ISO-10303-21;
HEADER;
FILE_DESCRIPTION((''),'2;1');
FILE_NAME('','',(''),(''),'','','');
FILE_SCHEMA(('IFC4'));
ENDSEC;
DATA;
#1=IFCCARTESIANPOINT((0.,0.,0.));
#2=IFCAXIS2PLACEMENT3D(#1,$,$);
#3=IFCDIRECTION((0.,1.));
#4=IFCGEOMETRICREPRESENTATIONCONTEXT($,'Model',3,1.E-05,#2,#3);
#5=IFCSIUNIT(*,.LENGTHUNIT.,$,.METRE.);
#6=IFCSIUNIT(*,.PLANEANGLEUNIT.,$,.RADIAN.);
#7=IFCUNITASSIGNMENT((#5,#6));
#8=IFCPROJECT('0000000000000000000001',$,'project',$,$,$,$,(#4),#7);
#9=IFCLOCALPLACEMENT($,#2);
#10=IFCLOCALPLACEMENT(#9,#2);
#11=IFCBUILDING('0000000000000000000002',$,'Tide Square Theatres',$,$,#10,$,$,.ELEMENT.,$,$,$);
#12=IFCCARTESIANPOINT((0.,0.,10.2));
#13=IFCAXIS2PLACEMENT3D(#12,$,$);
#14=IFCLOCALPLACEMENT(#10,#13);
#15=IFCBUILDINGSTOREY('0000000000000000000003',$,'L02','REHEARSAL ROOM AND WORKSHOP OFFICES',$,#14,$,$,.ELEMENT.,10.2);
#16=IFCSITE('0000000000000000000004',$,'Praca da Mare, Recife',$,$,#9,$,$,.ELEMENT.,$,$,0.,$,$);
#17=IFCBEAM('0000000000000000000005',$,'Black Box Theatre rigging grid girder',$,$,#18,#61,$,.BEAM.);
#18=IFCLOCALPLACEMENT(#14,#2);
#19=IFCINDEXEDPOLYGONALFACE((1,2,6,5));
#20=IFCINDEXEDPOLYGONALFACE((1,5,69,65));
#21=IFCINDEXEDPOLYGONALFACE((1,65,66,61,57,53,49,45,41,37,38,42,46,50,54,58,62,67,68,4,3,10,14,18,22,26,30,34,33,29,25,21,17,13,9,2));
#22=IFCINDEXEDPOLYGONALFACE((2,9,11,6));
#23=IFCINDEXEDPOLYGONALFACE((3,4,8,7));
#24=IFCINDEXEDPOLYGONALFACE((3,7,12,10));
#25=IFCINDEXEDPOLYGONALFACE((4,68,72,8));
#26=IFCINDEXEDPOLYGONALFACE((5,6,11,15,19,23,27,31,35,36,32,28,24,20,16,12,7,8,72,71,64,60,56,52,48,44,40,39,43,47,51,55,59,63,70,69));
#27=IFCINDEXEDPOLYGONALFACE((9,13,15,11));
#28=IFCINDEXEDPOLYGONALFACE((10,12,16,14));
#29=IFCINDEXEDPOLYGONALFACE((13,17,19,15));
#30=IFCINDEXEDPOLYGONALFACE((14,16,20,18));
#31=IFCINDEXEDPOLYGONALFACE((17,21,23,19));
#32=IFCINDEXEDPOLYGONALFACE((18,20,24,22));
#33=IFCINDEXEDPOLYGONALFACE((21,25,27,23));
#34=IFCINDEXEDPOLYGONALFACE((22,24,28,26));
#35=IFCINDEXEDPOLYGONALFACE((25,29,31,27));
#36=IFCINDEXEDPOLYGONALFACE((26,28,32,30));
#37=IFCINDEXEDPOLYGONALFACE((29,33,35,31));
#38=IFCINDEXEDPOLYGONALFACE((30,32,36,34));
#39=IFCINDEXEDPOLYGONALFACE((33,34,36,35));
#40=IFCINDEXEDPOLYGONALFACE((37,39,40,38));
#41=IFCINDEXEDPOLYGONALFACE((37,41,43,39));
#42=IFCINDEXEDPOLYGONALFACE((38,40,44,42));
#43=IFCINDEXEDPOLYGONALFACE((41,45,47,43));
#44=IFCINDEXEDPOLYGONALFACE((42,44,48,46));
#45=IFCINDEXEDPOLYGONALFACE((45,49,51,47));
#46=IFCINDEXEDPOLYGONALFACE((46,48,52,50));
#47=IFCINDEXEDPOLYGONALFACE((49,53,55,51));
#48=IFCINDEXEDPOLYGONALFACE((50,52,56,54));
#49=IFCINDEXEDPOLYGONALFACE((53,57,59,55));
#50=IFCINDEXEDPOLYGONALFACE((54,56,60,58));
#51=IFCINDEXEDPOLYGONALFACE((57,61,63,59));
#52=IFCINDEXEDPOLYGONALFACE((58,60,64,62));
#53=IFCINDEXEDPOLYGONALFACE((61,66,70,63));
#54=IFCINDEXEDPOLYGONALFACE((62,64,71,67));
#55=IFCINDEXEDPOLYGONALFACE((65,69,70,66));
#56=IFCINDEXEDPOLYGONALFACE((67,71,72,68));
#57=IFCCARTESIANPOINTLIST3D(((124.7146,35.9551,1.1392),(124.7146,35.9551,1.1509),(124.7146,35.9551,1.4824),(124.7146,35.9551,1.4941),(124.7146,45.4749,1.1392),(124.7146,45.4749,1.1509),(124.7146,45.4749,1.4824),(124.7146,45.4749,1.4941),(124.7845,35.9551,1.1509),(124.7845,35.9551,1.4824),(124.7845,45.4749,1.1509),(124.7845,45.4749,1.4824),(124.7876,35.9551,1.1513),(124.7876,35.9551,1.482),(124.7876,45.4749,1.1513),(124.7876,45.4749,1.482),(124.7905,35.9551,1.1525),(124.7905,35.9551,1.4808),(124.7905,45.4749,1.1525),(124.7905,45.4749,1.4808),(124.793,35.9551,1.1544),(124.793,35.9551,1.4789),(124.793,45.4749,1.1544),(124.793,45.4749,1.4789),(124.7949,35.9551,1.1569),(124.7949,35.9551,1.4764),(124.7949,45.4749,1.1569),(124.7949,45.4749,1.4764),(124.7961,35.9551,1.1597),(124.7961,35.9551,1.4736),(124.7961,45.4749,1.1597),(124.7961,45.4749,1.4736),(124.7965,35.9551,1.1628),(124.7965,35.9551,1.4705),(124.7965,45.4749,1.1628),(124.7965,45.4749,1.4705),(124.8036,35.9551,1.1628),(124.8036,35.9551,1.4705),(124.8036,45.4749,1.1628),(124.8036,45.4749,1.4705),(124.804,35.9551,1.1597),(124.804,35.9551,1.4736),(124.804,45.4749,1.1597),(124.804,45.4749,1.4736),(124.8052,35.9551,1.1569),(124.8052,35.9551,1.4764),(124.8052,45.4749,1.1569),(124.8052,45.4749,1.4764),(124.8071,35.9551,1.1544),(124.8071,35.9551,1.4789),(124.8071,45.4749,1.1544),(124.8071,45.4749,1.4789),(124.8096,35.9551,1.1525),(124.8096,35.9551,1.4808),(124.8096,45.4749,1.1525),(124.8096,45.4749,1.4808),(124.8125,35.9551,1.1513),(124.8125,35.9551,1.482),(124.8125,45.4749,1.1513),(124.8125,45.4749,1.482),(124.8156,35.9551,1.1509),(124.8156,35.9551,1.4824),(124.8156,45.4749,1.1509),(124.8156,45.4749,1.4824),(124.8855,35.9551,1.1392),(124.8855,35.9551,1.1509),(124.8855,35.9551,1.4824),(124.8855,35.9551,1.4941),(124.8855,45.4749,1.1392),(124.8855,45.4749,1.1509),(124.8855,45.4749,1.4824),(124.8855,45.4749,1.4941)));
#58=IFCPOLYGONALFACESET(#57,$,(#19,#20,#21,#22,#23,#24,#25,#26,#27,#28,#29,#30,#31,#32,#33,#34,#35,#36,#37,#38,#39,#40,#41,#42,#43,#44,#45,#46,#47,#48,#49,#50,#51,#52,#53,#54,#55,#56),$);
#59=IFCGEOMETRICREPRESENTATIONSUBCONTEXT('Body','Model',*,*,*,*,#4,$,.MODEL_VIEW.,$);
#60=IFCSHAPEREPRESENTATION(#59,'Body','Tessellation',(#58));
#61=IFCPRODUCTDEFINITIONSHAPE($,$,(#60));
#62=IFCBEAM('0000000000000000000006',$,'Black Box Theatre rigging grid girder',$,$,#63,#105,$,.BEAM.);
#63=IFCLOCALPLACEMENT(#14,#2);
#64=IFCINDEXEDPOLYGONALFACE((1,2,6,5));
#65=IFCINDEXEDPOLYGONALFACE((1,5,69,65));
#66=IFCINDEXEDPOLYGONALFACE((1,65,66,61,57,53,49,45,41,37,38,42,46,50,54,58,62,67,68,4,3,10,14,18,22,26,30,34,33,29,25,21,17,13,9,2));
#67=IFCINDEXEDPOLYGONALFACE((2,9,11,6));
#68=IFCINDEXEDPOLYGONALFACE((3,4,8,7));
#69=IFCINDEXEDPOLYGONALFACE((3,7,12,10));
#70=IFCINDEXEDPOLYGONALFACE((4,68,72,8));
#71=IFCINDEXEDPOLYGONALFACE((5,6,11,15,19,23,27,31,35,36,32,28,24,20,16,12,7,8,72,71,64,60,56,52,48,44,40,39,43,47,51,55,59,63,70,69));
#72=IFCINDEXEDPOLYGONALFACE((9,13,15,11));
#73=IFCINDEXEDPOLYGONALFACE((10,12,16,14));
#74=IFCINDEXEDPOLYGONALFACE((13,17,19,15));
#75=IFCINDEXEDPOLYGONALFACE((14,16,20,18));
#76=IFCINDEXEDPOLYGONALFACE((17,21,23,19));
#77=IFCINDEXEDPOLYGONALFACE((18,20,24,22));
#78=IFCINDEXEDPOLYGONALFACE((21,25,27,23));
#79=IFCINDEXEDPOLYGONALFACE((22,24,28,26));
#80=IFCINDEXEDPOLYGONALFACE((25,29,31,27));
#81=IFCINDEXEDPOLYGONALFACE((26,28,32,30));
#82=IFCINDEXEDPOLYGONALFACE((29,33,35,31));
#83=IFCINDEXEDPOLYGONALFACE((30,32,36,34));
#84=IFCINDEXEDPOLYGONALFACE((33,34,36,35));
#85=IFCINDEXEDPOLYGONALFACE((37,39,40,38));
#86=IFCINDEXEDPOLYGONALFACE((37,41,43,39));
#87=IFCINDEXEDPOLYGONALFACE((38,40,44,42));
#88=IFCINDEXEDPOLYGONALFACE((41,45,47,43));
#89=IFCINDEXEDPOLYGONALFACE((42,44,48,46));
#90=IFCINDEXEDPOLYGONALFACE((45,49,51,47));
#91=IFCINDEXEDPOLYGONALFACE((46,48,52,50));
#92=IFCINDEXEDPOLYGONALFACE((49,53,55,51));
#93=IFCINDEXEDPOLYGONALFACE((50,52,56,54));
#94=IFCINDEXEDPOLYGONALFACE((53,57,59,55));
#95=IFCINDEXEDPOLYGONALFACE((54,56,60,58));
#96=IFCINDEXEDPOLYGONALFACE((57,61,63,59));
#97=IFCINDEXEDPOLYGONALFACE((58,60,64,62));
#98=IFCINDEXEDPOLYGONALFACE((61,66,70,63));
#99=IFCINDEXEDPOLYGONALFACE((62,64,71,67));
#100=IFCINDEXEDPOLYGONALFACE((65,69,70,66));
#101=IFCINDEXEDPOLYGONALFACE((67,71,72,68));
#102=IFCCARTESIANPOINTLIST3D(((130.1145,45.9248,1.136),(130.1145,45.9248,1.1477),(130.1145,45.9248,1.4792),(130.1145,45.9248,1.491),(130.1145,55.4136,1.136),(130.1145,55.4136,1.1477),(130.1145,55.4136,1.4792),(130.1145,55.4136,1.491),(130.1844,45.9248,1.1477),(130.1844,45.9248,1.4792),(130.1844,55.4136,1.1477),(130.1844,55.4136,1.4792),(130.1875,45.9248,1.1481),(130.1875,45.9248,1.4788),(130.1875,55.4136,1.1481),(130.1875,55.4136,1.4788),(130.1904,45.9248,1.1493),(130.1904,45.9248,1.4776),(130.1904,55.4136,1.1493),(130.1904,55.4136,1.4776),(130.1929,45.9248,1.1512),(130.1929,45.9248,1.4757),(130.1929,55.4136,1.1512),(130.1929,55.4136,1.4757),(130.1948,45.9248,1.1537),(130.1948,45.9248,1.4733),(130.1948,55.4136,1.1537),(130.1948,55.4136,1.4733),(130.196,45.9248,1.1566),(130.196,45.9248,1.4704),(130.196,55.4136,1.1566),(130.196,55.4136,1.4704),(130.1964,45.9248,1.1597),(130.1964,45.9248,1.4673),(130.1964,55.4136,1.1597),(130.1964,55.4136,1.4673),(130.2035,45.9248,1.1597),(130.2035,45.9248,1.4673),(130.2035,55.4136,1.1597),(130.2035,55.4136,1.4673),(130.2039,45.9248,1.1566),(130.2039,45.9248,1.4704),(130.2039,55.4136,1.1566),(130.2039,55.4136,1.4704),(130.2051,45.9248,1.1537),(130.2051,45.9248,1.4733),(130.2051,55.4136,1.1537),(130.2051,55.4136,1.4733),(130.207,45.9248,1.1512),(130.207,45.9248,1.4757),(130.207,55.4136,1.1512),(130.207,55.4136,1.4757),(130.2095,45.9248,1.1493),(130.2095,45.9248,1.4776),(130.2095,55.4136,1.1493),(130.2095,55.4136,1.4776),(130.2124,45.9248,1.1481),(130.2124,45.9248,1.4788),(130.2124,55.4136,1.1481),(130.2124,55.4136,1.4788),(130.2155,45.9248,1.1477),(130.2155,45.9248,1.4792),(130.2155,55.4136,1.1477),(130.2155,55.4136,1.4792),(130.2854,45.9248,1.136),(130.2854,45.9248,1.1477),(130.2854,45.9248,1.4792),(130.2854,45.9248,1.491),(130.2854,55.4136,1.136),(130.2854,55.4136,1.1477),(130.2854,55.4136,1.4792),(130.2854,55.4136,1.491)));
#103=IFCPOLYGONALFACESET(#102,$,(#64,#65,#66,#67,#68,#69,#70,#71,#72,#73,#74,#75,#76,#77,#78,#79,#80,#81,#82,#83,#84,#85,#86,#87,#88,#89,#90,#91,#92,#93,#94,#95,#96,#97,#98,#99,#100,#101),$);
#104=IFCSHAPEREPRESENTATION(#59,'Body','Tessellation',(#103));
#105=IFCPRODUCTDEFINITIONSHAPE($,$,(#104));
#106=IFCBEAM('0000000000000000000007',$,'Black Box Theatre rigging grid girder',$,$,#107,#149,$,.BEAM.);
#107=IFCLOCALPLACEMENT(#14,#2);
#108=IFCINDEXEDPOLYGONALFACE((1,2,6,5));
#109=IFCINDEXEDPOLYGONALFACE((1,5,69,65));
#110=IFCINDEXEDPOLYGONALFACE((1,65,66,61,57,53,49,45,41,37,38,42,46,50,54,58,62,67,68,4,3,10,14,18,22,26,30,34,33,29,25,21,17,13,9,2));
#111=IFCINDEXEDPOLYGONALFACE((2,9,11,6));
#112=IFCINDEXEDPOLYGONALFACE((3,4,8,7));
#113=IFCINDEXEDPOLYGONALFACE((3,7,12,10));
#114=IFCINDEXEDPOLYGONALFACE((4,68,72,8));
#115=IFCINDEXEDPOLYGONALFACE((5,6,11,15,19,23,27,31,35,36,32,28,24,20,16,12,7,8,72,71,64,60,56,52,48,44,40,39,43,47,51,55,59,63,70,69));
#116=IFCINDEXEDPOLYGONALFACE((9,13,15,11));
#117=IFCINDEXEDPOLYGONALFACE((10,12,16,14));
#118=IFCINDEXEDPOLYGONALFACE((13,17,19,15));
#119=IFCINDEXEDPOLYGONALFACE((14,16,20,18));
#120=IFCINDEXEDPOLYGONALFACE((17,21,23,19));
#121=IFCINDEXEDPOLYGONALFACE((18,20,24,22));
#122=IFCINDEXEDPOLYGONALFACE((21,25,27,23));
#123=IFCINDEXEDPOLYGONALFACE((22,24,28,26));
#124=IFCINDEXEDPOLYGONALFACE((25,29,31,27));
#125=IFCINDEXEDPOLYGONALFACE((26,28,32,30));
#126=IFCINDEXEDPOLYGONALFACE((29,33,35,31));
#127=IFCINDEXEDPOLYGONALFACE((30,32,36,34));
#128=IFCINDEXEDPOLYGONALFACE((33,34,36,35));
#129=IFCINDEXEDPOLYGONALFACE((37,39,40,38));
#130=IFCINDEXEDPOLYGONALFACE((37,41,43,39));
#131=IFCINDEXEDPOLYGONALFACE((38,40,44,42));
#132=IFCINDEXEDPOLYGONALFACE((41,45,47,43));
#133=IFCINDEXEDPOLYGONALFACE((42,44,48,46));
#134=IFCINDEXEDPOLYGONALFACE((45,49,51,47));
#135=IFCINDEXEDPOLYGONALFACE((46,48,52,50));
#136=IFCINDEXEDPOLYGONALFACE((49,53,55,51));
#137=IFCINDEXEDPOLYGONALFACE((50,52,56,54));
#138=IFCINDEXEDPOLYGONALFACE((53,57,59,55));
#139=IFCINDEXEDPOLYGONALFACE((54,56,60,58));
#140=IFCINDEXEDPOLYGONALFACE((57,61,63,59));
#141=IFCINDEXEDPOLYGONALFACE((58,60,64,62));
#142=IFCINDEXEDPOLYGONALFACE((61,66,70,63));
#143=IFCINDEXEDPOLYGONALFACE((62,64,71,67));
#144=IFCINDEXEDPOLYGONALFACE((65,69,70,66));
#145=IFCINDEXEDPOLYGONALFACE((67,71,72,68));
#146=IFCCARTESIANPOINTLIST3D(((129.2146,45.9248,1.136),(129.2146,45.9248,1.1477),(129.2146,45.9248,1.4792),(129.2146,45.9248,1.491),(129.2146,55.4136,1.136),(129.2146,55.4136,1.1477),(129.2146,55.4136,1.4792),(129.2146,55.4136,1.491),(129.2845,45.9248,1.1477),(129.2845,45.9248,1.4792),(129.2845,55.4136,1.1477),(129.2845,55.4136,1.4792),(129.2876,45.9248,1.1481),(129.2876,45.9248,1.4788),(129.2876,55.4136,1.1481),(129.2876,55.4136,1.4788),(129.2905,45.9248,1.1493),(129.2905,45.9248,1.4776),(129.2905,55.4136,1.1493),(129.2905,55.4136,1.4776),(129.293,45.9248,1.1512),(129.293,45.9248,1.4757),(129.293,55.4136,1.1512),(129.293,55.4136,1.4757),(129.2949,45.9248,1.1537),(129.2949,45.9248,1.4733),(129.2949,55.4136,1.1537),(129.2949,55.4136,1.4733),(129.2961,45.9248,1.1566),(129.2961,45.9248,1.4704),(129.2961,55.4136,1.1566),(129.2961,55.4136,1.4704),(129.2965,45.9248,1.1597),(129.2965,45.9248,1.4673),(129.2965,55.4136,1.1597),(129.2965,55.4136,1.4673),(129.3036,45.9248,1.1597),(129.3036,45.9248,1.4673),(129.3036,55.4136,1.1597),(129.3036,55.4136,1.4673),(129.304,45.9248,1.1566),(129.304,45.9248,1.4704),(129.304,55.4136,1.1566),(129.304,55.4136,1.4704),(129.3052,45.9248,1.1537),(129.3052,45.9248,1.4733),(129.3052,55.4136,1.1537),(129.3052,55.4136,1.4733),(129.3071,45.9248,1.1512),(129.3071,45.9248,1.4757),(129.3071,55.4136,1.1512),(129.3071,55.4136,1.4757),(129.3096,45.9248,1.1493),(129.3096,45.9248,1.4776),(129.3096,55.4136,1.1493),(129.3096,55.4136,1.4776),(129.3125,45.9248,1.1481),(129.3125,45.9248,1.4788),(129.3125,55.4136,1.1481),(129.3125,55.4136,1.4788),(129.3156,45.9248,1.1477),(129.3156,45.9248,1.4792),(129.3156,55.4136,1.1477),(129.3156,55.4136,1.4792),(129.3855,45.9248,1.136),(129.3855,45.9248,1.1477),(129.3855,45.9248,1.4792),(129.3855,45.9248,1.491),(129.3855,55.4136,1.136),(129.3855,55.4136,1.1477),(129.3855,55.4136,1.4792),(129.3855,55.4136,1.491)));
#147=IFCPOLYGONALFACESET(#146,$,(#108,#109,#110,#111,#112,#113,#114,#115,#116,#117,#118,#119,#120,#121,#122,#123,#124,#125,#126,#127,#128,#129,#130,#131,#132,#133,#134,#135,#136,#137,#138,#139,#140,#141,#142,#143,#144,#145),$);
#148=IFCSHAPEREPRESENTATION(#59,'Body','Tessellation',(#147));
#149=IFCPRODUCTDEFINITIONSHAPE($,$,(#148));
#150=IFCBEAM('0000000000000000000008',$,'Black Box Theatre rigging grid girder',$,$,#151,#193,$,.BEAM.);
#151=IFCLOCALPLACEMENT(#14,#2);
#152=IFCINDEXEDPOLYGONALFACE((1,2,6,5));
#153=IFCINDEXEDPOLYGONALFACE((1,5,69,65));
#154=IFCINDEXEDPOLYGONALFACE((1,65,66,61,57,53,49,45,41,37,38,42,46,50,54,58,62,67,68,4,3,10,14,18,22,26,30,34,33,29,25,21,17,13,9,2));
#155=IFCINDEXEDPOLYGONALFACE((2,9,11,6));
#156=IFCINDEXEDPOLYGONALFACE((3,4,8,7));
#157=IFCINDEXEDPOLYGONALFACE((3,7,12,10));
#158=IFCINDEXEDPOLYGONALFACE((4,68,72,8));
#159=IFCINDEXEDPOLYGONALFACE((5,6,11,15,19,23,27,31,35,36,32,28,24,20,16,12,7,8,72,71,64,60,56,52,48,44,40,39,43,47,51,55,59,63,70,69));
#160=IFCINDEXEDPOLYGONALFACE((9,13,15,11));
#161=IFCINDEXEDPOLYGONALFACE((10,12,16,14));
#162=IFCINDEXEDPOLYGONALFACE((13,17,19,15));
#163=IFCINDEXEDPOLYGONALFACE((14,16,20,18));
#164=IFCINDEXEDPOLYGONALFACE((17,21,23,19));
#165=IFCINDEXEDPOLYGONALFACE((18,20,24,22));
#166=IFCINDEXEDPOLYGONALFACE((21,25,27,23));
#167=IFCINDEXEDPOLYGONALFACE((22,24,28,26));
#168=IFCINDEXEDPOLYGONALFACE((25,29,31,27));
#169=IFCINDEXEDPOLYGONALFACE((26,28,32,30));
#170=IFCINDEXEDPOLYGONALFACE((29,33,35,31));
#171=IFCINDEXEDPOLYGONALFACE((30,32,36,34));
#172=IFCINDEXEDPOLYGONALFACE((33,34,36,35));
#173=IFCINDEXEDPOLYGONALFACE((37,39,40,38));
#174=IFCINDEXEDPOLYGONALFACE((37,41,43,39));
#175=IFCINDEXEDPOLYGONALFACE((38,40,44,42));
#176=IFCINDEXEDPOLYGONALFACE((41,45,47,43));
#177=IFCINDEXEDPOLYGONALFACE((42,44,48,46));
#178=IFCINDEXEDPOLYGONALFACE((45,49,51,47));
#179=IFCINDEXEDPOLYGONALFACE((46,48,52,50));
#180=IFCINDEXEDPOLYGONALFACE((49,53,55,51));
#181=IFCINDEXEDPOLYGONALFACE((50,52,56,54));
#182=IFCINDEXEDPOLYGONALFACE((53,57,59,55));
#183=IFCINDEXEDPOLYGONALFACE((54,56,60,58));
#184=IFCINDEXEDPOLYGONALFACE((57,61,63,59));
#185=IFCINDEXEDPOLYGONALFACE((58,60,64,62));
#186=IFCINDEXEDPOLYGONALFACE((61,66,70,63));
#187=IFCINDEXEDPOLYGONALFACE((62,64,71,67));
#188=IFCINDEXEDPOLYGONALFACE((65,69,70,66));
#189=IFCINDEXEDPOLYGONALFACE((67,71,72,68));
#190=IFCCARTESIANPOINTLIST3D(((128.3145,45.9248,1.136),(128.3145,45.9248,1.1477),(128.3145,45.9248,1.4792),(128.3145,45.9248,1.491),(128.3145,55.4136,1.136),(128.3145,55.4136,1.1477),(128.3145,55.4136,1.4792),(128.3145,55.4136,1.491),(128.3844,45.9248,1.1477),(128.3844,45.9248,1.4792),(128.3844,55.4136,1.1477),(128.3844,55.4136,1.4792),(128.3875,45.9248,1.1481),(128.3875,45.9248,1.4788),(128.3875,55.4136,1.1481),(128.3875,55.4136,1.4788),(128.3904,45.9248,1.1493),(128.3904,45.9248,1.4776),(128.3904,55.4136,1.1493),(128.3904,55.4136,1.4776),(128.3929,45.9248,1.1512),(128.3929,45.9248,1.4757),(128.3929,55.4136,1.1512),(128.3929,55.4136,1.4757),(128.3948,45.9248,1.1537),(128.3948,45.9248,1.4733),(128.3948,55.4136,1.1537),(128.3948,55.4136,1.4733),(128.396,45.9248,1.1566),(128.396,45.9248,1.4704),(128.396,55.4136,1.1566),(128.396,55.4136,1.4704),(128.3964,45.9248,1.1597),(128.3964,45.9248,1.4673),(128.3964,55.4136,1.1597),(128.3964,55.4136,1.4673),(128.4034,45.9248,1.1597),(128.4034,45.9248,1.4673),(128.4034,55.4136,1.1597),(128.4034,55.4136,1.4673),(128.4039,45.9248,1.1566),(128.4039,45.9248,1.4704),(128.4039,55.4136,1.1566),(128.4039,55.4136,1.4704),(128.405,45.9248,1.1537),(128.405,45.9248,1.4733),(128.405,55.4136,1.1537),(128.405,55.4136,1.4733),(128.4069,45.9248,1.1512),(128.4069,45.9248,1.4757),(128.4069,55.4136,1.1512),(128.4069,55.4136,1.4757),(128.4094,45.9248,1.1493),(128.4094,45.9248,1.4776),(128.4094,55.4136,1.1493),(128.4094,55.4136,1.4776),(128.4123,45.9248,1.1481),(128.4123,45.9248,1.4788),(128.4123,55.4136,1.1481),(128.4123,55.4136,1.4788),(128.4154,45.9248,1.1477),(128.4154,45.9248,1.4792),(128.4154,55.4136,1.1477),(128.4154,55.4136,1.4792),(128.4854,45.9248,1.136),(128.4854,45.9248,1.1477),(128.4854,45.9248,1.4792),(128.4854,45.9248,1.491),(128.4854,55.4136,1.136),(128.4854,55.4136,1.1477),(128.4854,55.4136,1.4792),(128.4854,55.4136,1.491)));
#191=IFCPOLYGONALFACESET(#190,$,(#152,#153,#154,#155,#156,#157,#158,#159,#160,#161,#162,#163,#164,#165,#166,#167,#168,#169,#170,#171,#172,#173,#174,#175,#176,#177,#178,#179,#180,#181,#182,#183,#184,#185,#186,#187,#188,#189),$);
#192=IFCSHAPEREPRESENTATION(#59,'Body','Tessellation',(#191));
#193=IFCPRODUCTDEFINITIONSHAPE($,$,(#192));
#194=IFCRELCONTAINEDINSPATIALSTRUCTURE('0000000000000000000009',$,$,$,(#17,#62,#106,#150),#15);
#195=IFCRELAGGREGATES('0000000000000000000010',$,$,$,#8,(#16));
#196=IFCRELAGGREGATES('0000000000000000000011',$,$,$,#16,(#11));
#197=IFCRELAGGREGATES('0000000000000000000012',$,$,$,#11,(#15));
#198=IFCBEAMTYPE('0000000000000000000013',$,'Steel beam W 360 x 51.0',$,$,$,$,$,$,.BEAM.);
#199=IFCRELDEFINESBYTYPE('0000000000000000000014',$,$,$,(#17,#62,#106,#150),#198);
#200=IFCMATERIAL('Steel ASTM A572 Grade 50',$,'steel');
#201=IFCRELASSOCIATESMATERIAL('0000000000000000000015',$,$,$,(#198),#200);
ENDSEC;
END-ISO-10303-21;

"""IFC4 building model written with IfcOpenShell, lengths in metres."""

from ifc_helpers import new_model, si_unit, direction, frame, origin, origin_2d, place, context, subcontext, project, spatial, i_section, extrude, material, material_profile, profile_set, type_object, element, save


model = new_model("IFC4")

# Units and contexts
model_context = context("Model", 3, precision=1e-05, world=origin(), true_north=direction((0.0, 1.0)))
body_context = subcontext(model_context, "Body", "Model", "MODEL_VIEW")
ifc_project = project(units=[si_unit("LENGTHUNIT", "METRE"), si_unit("PLANEANGLEUNIT", "RADIAN")], contexts=[model_context])

# Site, building, storey
site_placement = place(None, origin())
site = spatial("IfcSite", under=ifc_project, at=site_placement, Name="Praca da Mare, Recife", CompositionType="ELEMENT", RefElevation=0.0)
building_placement = place(site_placement, origin())
building = spatial("IfcBuilding", under=site, at=building_placement, Name="Tide Square Theatres", CompositionType="ELEMENT")
storey_placement = place(building_placement, frame((0.0, 0.0, 10.2)))
storey = spatial("IfcBuildingStorey", under=building, at=storey_placement, Name="L02", Description="REHEARSAL ROOM AND WORKSHOP OFFICES", CompositionType="ELEMENT", Elevation=10.2)

# Beams
ifc_material_1 = material(Name="Steel ASTM A572 Grade 50", Category="steel")
ifc_material_profile_1 = material_profile(ifc_material_1, i_section(OverallWidth=0.1709, OverallDepth=0.355, WebThickness=0.0071, FlangeThickness=0.0117, FilletRadius=0.012, at=origin_2d()))
ifc_profile_set_1 = profile_set([ifc_material_profile_1], Name="Steel ASTM A572 Grade 50")
beam_type = type_object("IfcBeamType", Name="Steel beam W 360 x 51.0", PredefinedType="BEAM", material=ifc_profile_set_1)
for number, where, z_axis, x_axis, name in (
    (1, (124.8, 35.9551, 1.3167), (0.0, 1.0, 0.0), (-1.0, 0.0, 0.0), "Black Box Theatre rigging grid girder"),
):
    element("IfcBeam", number, at=place(storey_placement, frame(where, z_axis=z_axis, x_axis=x_axis)), inside=storey, type_object=beam_type, Name=name, PredefinedType="BEAM", context=body_context, shape_type="SweptSolid", body=[
        extrude(i_section(OverallWidth=0.1709, OverallDepth=0.355, WebThickness=0.0071, FlangeThickness=0.0117, FilletRadius=0.012, at=origin_2d()), origin(), (0.0, 0.0, 1.0), 9.5198),
    ])
for number, where, z_axis, x_axis, name in (
    (2, (130.2, 45.9248, 1.3135), (0.0, 1.0, 0.0), (-1.0, 0.0, 0.0), "Black Box Theatre rigging grid girder"),
    (3, (129.3, 45.9248, 1.3135), (0.0, 1.0, 0.0), (-1.0, 0.0, 0.0), "Black Box Theatre rigging grid girder"),
    (4, (128.3999, 45.9248, 1.3135), (0.0, 1.0, 0.0), (-1.0, 0.0, 0.0), "Black Box Theatre rigging grid girder"),
):
    element("IfcBeam", number, at=place(storey_placement, frame(where, z_axis=z_axis, x_axis=x_axis)), inside=storey, type_object=beam_type, Name=name, PredefinedType="BEAM", context=body_context, shape_type="SweptSolid", body=[
        extrude(i_section(OverallWidth=0.1709, OverallDepth=0.355, WebThickness=0.0071, FlangeThickness=0.0117, FilletRadius=0.012, at=origin_2d()), origin(), (0.0, 0.0, 1.0), 9.4888),
    ])

save(model, "model.ifc")
